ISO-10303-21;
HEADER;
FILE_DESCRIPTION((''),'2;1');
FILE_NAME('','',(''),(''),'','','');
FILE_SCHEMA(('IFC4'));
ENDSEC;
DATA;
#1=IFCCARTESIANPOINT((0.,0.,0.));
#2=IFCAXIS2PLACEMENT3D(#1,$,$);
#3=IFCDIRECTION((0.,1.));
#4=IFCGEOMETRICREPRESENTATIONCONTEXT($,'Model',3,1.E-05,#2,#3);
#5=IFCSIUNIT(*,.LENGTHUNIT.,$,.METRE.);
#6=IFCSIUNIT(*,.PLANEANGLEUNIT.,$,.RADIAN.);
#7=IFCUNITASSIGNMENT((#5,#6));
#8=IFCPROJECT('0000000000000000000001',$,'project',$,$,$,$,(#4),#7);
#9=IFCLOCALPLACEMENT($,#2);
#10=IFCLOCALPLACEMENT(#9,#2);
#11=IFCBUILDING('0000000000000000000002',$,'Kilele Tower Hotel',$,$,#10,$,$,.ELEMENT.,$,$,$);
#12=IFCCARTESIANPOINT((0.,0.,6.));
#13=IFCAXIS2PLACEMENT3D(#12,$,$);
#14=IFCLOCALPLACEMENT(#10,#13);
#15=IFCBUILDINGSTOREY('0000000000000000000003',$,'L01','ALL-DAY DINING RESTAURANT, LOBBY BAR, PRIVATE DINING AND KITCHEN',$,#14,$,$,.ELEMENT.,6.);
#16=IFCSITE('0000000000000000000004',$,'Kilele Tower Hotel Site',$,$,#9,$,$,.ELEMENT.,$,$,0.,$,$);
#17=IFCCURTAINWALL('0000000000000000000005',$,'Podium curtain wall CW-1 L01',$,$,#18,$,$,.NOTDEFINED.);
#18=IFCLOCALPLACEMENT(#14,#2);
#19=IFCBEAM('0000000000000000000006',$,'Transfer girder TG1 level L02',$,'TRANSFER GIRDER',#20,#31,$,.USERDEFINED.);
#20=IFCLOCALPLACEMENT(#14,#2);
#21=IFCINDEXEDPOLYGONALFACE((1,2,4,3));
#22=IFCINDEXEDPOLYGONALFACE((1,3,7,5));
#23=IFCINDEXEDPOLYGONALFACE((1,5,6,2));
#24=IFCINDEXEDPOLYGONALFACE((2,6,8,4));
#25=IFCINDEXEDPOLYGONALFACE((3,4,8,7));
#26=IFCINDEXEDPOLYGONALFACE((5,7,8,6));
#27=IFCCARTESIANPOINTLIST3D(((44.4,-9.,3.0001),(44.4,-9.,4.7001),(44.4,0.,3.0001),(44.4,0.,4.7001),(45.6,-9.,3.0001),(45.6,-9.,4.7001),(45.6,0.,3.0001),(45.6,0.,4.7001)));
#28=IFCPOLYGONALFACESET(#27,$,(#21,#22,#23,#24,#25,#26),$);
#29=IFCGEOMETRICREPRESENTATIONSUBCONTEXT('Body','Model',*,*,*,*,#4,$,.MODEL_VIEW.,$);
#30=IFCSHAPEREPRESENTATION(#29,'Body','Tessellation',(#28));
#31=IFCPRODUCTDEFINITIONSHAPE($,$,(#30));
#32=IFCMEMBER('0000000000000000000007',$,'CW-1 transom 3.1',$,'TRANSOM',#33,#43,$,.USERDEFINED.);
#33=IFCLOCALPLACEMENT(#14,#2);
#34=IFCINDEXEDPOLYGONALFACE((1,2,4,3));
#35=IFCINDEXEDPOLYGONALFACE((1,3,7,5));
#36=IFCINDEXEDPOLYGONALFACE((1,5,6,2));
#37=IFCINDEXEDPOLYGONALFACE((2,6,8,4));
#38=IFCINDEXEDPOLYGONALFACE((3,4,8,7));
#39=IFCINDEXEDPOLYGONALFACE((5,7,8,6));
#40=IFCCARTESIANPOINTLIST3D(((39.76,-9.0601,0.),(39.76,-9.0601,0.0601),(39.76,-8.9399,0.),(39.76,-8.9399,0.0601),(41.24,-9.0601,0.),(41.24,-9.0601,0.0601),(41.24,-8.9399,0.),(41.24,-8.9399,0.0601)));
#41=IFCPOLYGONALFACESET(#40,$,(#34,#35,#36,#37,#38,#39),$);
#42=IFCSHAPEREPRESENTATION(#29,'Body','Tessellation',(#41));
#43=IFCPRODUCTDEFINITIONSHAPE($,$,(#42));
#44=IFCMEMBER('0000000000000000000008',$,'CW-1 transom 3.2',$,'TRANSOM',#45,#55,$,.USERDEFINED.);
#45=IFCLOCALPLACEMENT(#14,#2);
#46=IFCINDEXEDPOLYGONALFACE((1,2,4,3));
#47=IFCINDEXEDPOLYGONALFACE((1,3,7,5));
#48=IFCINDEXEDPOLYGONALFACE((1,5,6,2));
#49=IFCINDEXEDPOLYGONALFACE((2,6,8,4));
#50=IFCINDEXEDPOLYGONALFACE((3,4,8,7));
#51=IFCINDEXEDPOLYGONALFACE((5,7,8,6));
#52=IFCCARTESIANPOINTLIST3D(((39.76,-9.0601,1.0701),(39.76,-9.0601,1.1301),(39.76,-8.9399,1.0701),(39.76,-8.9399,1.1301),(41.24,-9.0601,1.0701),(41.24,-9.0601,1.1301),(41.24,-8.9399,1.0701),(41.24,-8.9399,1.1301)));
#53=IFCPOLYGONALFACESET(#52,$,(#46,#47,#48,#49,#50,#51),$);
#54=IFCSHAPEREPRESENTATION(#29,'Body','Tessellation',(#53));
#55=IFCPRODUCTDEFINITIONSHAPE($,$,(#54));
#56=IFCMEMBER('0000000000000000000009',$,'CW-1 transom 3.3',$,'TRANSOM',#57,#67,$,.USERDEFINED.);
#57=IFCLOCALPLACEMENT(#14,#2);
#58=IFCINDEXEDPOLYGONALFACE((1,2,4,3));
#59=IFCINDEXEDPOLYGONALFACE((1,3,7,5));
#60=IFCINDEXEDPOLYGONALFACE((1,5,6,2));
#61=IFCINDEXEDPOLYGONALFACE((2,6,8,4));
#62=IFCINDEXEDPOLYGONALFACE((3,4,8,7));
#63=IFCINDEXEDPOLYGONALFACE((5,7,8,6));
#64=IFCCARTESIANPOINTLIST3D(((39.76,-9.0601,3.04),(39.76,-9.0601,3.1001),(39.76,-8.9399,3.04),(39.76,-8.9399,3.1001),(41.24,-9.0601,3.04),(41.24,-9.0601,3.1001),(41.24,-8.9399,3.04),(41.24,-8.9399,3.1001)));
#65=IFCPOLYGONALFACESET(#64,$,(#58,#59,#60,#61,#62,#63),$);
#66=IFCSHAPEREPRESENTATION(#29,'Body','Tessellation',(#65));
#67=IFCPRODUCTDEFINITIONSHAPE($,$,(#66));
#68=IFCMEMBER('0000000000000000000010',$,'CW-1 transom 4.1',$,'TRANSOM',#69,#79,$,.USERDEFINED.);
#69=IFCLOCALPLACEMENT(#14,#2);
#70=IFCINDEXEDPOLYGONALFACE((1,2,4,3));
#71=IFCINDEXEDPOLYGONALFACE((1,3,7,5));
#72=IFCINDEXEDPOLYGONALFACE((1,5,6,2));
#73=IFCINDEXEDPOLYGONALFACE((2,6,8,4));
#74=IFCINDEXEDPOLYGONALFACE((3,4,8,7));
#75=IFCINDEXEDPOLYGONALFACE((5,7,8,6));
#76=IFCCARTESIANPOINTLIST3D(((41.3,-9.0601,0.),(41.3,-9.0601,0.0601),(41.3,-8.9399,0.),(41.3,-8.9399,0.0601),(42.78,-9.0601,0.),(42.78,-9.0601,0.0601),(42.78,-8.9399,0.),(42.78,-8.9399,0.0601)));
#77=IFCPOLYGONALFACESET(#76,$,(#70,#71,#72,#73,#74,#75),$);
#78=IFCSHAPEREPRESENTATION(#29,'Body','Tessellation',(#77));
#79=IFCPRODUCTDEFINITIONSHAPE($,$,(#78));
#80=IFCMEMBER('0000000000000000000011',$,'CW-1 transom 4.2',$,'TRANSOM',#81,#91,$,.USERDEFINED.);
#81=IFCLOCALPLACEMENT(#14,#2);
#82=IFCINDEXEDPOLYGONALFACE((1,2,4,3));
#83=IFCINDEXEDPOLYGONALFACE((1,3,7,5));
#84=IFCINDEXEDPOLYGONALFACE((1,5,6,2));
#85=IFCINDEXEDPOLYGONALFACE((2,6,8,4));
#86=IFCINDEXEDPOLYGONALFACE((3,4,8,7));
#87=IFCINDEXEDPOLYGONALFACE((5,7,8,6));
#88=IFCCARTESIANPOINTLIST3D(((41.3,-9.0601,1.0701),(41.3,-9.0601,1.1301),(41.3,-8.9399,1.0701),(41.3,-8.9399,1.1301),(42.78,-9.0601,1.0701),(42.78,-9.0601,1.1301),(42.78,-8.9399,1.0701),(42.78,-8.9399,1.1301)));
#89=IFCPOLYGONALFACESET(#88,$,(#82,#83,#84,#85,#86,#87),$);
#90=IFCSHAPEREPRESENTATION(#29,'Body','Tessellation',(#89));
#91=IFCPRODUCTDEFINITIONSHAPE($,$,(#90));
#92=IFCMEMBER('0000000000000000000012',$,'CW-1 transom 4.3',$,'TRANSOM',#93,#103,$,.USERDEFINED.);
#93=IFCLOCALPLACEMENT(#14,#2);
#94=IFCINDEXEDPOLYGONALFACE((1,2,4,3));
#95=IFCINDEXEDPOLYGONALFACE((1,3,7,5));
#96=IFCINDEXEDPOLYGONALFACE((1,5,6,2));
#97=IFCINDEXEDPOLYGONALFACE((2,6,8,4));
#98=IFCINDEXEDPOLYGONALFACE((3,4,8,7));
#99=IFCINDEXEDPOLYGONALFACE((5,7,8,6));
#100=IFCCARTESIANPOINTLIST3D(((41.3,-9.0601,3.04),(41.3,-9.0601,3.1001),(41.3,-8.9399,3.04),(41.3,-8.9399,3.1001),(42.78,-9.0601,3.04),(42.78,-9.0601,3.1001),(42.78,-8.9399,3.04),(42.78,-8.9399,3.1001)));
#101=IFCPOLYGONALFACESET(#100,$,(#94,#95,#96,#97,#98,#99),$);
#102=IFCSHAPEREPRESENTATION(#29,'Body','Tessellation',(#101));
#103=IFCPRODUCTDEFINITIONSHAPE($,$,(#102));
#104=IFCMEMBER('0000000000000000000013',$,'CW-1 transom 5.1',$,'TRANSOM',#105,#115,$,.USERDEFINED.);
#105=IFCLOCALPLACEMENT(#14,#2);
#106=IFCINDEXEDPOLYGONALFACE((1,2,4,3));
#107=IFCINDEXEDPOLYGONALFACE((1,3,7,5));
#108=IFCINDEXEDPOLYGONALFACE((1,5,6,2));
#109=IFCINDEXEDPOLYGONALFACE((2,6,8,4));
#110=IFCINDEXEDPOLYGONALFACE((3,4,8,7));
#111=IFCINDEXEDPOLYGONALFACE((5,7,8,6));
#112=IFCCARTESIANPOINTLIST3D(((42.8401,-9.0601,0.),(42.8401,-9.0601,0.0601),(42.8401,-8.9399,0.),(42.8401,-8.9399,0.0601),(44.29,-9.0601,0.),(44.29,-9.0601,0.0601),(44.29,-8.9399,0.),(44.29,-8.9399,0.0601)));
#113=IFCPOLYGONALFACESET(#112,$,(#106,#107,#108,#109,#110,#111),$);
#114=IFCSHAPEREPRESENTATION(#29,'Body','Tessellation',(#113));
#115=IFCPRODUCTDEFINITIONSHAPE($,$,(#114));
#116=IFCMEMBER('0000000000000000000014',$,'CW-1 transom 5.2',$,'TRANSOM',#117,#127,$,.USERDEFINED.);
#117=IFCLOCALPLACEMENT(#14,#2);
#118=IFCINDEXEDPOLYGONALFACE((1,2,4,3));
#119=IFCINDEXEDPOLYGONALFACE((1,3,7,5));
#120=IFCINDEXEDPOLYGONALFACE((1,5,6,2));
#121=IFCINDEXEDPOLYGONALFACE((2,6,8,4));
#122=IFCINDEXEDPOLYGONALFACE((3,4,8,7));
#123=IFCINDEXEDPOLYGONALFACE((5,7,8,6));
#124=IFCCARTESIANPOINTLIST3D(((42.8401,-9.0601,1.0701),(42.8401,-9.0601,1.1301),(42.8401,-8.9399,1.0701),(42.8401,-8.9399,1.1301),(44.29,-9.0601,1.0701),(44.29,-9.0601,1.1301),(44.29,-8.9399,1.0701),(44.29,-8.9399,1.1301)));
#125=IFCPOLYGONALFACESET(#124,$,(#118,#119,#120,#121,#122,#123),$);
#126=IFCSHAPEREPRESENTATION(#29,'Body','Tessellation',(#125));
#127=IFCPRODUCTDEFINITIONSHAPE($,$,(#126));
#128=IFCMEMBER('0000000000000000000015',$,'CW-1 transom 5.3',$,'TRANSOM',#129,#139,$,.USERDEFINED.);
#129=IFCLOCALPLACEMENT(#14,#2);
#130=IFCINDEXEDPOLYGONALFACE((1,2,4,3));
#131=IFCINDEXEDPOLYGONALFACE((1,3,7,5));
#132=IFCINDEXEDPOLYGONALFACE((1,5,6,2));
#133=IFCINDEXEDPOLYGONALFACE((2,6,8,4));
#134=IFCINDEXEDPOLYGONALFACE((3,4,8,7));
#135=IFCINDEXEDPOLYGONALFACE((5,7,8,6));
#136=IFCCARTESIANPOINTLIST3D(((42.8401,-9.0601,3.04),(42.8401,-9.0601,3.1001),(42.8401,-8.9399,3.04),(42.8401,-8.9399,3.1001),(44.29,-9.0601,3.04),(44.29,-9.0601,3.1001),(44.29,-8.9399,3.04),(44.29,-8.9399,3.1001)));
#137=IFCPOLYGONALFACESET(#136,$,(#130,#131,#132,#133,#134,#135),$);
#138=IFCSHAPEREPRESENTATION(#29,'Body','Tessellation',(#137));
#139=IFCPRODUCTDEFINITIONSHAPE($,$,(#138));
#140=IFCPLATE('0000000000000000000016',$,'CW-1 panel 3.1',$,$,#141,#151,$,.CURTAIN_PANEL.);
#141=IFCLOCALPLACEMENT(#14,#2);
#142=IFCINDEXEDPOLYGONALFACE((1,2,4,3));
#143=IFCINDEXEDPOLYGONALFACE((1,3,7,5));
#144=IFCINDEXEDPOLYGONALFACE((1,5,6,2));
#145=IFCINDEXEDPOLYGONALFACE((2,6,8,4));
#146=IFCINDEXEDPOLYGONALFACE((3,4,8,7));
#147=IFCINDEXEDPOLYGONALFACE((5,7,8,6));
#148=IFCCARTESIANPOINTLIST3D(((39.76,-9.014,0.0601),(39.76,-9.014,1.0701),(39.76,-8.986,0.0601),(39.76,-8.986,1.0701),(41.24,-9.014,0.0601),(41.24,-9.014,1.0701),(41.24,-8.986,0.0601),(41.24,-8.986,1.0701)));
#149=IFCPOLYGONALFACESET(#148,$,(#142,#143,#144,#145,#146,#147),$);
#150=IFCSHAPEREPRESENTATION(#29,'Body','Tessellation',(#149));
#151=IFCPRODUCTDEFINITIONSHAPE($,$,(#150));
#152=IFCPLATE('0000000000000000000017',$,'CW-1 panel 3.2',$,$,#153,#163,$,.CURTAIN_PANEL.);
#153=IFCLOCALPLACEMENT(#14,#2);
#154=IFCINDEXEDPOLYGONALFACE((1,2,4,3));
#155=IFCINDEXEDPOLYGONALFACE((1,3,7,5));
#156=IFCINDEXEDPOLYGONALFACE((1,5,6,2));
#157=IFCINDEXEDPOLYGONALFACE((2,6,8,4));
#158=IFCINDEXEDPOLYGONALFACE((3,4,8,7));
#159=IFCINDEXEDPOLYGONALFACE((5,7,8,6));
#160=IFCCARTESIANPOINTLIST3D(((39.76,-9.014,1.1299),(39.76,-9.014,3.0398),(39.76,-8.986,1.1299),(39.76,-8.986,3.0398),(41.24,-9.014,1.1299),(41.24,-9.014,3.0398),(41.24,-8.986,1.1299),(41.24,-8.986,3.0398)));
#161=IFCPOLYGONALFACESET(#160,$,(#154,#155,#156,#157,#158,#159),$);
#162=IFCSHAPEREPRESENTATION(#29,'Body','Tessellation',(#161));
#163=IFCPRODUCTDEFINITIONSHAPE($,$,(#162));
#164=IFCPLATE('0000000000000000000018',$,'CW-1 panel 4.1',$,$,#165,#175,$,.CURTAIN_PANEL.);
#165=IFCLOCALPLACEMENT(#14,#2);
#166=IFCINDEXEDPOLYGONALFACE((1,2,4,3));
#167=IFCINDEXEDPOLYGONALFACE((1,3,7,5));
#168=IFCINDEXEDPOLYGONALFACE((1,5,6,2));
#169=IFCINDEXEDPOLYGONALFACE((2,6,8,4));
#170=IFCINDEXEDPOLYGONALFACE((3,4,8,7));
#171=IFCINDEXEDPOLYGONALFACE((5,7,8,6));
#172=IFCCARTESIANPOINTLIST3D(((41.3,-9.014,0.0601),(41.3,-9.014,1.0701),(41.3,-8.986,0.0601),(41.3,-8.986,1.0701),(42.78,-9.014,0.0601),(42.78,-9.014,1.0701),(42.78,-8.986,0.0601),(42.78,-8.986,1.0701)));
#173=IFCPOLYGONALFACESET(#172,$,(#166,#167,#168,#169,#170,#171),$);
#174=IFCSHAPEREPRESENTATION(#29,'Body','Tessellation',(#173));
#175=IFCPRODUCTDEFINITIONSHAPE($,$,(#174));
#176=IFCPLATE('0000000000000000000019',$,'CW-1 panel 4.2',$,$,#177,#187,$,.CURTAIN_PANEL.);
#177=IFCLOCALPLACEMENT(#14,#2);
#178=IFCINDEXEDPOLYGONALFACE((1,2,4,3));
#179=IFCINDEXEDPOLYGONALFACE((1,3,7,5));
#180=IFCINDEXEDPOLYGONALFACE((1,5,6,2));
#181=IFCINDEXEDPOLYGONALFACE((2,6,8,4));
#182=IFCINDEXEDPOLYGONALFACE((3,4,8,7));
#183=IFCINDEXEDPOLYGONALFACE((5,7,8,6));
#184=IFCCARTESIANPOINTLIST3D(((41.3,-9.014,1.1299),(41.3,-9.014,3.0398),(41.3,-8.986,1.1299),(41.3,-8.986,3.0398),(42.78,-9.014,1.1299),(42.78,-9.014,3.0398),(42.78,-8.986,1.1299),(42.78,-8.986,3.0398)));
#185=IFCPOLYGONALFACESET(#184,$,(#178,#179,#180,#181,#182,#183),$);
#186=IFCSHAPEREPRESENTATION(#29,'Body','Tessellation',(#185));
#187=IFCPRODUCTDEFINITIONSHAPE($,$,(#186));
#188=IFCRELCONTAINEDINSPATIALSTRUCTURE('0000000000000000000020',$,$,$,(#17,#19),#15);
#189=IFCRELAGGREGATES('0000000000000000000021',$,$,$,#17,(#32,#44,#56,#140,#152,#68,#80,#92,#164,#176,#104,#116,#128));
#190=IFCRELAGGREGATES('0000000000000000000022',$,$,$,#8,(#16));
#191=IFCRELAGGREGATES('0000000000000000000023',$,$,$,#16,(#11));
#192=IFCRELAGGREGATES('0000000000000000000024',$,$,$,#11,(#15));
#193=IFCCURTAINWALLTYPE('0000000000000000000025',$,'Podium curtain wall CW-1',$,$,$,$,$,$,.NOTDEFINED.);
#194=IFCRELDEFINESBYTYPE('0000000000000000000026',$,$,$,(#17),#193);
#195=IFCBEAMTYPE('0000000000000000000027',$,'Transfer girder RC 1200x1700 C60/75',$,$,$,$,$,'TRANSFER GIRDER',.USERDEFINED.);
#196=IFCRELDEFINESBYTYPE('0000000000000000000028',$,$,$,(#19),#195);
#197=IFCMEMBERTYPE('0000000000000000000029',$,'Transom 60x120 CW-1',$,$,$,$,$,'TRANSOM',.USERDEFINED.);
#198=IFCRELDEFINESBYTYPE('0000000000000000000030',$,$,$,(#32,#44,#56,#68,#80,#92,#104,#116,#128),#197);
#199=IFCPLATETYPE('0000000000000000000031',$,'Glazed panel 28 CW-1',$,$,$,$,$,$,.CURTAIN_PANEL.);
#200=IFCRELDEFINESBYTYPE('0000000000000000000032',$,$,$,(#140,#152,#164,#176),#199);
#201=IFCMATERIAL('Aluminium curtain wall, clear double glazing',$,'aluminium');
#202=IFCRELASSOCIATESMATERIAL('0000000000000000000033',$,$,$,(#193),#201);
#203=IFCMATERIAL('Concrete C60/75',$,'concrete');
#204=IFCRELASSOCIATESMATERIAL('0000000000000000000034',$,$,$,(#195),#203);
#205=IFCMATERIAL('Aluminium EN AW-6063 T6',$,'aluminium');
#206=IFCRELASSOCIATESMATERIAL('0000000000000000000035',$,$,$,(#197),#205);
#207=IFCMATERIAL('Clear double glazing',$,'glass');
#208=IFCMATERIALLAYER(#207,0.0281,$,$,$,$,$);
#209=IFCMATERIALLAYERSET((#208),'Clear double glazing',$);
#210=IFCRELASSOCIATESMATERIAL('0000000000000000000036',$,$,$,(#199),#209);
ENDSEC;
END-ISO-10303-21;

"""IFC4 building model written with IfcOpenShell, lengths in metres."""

from ifc_helpers import new_model, si_unit, direction, frame, origin, origin_2d, place, context, subcontext, project, spatial, rectangle, extrude, material, layer, layer_set, material_profile, profile_set, type_object, element, aggregate, save


model = new_model("IFC4")

# Units and contexts
model_context = context("Model", 3, precision=1e-05, world=origin(), true_north=direction((0.0, 1.0)))
body_context = subcontext(model_context, "Body", "Model", "MODEL_VIEW")
ifc_project = project(units=[si_unit("LENGTHUNIT", "METRE"), si_unit("PLANEANGLEUNIT", "RADIAN")], contexts=[model_context])

# Site, building, storey
site_placement = place(None, origin())
site = spatial("IfcSite", under=ifc_project, at=site_placement, Name="Kilele Tower Hotel Site", CompositionType="ELEMENT", RefElevation=0.0)
building_placement = place(site_placement, origin())
building = spatial("IfcBuilding", under=site, at=building_placement, Name="Kilele Tower Hotel", CompositionType="ELEMENT")
storey_placement = place(building_placement, frame((0.0, 0.0, 6.0)))
storey = spatial("IfcBuildingStorey", under=building, at=storey_placement, Name="L01", Description="ALL-DAY DINING RESTAURANT, LOBBY BAR, PRIVATE DINING AND KITCHEN", CompositionType="ELEMENT", Elevation=6.0)

# Curtain wall
ifc_material_1 = material(Name="Aluminium curtain wall, clear double glazing", Category="aluminium")
curtain_wall_type = type_object("IfcCurtainWallType", Name="Podium curtain wall CW-1", PredefinedType="NOTDEFINED", material=ifc_material_1)
curtain_wall_placement = place(storey_placement, origin())
curtain_wall = element("IfcCurtainWall", 1, at=curtain_wall_placement, inside=storey, type_object=curtain_wall_type, Name="Podium curtain wall CW-1 L01", PredefinedType="NOTDEFINED")

# Beam
ifc_material_2 = material(Name="Concrete C60/75", Category="concrete")
ifc_material_profile_1 = material_profile(ifc_material_2, rectangle(XDim=1.2, YDim=1.7, at=origin_2d()))
ifc_profile_set_1 = profile_set([ifc_material_profile_1], Name="Concrete C60/75")
beam_type_1 = type_object("IfcBeamType", Name="Transfer girder RC 1200x1700 C60/75", ElementType="TRANSFER GIRDER", PredefinedType="USERDEFINED", material=ifc_profile_set_1)
beam_1_placement = place(storey_placement, frame((45.0, -9.0, 3.8501), z_axis=(0.0, 1.0, 0.0), x_axis=(-1.0, 0.0, 0.0)))
element("IfcBeam", 2, at=beam_1_placement, inside=storey, type_object=beam_type_1, Name="Transfer girder TG1 level L02", ObjectType="TRANSFER GIRDER", PredefinedType="USERDEFINED", context=body_context, shape_type="SweptSolid", body=[
    extrude(rectangle(XDim=1.2, YDim=1.7, at=origin_2d()), origin(), (0.0, 0.0, 1.0), 9.0),
])

# Members
ifc_material_3 = material(Name="Aluminium EN AW-6063 T6", Category="aluminium")
ifc_material_profile_2 = material_profile(ifc_material_3, rectangle(XDim=0.1201, YDim=0.0601, at=origin_2d()))
ifc_profile_set_2 = profile_set([ifc_material_profile_2], Name="Aluminium EN AW-6063 T6")
member_type_1 = type_object("IfcMemberType", Name="Transom 60x120 CW-1", ElementType="TRANSOM", PredefinedType="USERDEFINED", material=ifc_profile_set_2)
member_1_placement = place(storey_placement, frame((39.76, -9.0, 0.03), z_axis=(1.0, 0.0, 0.0), x_axis=(0.0, 1.0, 0.0)))
member_1 = element("IfcMember", 3, at=member_1_placement, type_object=member_type_1, Name="CW-1 transom 3.1", ObjectType="TRANSOM", PredefinedType="USERDEFINED", context=body_context, shape_type="SweptSolid", body=[
    extrude(rectangle(XDim=0.1201, YDim=0.0601, at=origin_2d()), origin(), (0.0, 0.0, 1.0), 1.48),
])
member_2_placement = place(storey_placement, frame((39.76, -9.0, 1.1001), z_axis=(1.0, 0.0, 0.0), x_axis=(0.0, 1.0, 0.0)))
member_2 = element("IfcMember", 4, at=member_2_placement, type_object=member_type_1, Name="CW-1 transom 3.2", ObjectType="TRANSOM", PredefinedType="USERDEFINED", context=body_context, shape_type="SweptSolid", body=[
    extrude(rectangle(XDim=0.1201, YDim=0.0601, at=origin_2d()), origin(), (0.0, 0.0, 1.0), 1.48),
])
member_3_placement = place(storey_placement, frame((39.76, -9.0, 3.0701), z_axis=(1.0, 0.0, 0.0), x_axis=(0.0, 1.0, 0.0)))
member_3 = element("IfcMember", 5, at=member_3_placement, type_object=member_type_1, Name="CW-1 transom 3.3", ObjectType="TRANSOM", PredefinedType="USERDEFINED", context=body_context, shape_type="SweptSolid", body=[
    extrude(rectangle(XDim=0.1201, YDim=0.0601, at=origin_2d()), origin(), (0.0, 0.0, 1.0), 1.48),
])
member_4_placement = place(storey_placement, frame((41.3, -9.0, 0.03), z_axis=(1.0, 0.0, 0.0), x_axis=(0.0, 1.0, 0.0)))
member_4 = element("IfcMember", 6, at=member_4_placement, type_object=member_type_1, Name="CW-1 transom 4.1", ObjectType="TRANSOM", PredefinedType="USERDEFINED", context=body_context, shape_type="SweptSolid", body=[
    extrude(rectangle(XDim=0.1201, YDim=0.0601, at=origin_2d()), origin(), (0.0, 0.0, 1.0), 1.48),
])
member_5_placement = place(storey_placement, frame((41.3, -9.0, 1.1001), z_axis=(1.0, 0.0, 0.0), x_axis=(0.0, 1.0, 0.0)))
member_5 = element("IfcMember", 7, at=member_5_placement, type_object=member_type_1, Name="CW-1 transom 4.2", ObjectType="TRANSOM", PredefinedType="USERDEFINED", context=body_context, shape_type="SweptSolid", body=[
    extrude(rectangle(XDim=0.1201, YDim=0.0601, at=origin_2d()), origin(), (0.0, 0.0, 1.0), 1.48),
])
member_6_placement = place(storey_placement, frame((41.3, -9.0, 3.0701), z_axis=(1.0, 0.0, 0.0), x_axis=(0.0, 1.0, 0.0)))
member_6 = element("IfcMember", 8, at=member_6_placement, type_object=member_type_1, Name="CW-1 transom 4.3", ObjectType="TRANSOM", PredefinedType="USERDEFINED", context=body_context, shape_type="SweptSolid", body=[
    extrude(rectangle(XDim=0.1201, YDim=0.0601, at=origin_2d()), origin(), (0.0, 0.0, 1.0), 1.48),
])
member_7_placement = place(storey_placement, frame((42.8401, -9.0, 0.03), z_axis=(1.0, 0.0, 0.0), x_axis=(0.0, 1.0, 0.0)))
member_7 = element("IfcMember", 9, at=member_7_placement, type_object=member_type_1, Name="CW-1 transom 5.1", ObjectType="TRANSOM", PredefinedType="USERDEFINED", context=body_context, shape_type="SweptSolid", body=[
    extrude(rectangle(XDim=0.1201, YDim=0.0601, at=origin_2d()), origin(), (0.0, 0.0, 1.0), 1.45),
])
member_8_placement = place(storey_placement, frame((42.8401, -9.0, 1.1001), z_axis=(1.0, 0.0, 0.0), x_axis=(0.0, 1.0, 0.0)))
member_8 = element("IfcMember", 10, at=member_8_placement, type_object=member_type_1, Name="CW-1 transom 5.2", ObjectType="TRANSOM", PredefinedType="USERDEFINED", context=body_context, shape_type="SweptSolid", body=[
    extrude(rectangle(XDim=0.1201, YDim=0.0601, at=origin_2d()), origin(), (0.0, 0.0, 1.0), 1.45),
])
member_9_placement = place(storey_placement, frame((42.8401, -9.0, 3.0701), z_axis=(1.0, 0.0, 0.0), x_axis=(0.0, 1.0, 0.0)))
member_9 = element("IfcMember", 11, at=member_9_placement, type_object=member_type_1, Name="CW-1 transom 5.3", ObjectType="TRANSOM", PredefinedType="USERDEFINED", context=body_context, shape_type="SweptSolid", body=[
    extrude(rectangle(XDim=0.1201, YDim=0.0601, at=origin_2d()), origin(), (0.0, 0.0, 1.0), 1.45),
])

# Plates
ifc_material_4 = material(Name="Clear double glazing", Category="glass")
ifc_layer_1 = layer(ifc_material_4, 0.0281)
ifc_layer_set_1 = layer_set([ifc_layer_1], Name="Clear double glazing")
plate_type = type_object("IfcPlateType", Name="Glazed panel 28 CW-1", PredefinedType="CURTAIN_PANEL", material=ifc_layer_set_1)
plate_1_placement = place(storey_placement, frame((40.5, -9.0, 0.0601), z_axis=(0.0, 0.0, 1.0), x_axis=(1.0, 0.0, 0.0)))
plate_1 = element("IfcPlate", 12, at=plate_1_placement, type_object=plate_type, Name="CW-1 panel 3.1", PredefinedType="CURTAIN_PANEL", context=body_context, shape_type="SweptSolid", body=[
    extrude(rectangle(XDim=1.48, YDim=0.0281, at=origin_2d()), origin(), (0.0, 0.0, 1.0), 1.01),
])
plate_2_placement = place(storey_placement, frame((40.5, -9.0, 1.1299), z_axis=(0.0, 0.0, 1.0), x_axis=(1.0, 0.0, 0.0)))
plate_2 = element("IfcPlate", 13, at=plate_2_placement, type_object=plate_type, Name="CW-1 panel 3.2", PredefinedType="CURTAIN_PANEL", context=body_context, shape_type="SweptSolid", body=[
    extrude(rectangle(XDim=1.48, YDim=0.0281, at=origin_2d()), origin(), (0.0, 0.0, 1.0), 1.9099),
])
plate_3_placement = place(storey_placement, frame((42.04, -9.0, 0.0601), z_axis=(0.0, 0.0, 1.0), x_axis=(1.0, 0.0, 0.0)))
plate_3 = element("IfcPlate", 14, at=plate_3_placement, type_object=plate_type, Name="CW-1 panel 4.1", PredefinedType="CURTAIN_PANEL", context=body_context, shape_type="SweptSolid", body=[
    extrude(rectangle(XDim=1.48, YDim=0.0281, at=origin_2d()), origin(), (0.0, 0.0, 1.0), 1.01),
])
plate_4_placement = place(storey_placement, frame((42.04, -9.0, 1.1299), z_axis=(0.0, 0.0, 1.0), x_axis=(1.0, 0.0, 0.0)))
plate_4 = element("IfcPlate", 15, at=plate_4_placement, type_object=plate_type, Name="CW-1 panel 4.2", PredefinedType="CURTAIN_PANEL", context=body_context, shape_type="SweptSolid", body=[
    extrude(rectangle(XDim=1.48, YDim=0.0281, at=origin_2d()), origin(), (0.0, 0.0, 1.0), 1.9099),
])
aggregate(curtain_wall, [member_1, member_2, member_3, plate_1, plate_2, member_4, member_5, member_6, plate_3, plate_4, member_7, member_8, member_9])

save(model, "model.ifc")
